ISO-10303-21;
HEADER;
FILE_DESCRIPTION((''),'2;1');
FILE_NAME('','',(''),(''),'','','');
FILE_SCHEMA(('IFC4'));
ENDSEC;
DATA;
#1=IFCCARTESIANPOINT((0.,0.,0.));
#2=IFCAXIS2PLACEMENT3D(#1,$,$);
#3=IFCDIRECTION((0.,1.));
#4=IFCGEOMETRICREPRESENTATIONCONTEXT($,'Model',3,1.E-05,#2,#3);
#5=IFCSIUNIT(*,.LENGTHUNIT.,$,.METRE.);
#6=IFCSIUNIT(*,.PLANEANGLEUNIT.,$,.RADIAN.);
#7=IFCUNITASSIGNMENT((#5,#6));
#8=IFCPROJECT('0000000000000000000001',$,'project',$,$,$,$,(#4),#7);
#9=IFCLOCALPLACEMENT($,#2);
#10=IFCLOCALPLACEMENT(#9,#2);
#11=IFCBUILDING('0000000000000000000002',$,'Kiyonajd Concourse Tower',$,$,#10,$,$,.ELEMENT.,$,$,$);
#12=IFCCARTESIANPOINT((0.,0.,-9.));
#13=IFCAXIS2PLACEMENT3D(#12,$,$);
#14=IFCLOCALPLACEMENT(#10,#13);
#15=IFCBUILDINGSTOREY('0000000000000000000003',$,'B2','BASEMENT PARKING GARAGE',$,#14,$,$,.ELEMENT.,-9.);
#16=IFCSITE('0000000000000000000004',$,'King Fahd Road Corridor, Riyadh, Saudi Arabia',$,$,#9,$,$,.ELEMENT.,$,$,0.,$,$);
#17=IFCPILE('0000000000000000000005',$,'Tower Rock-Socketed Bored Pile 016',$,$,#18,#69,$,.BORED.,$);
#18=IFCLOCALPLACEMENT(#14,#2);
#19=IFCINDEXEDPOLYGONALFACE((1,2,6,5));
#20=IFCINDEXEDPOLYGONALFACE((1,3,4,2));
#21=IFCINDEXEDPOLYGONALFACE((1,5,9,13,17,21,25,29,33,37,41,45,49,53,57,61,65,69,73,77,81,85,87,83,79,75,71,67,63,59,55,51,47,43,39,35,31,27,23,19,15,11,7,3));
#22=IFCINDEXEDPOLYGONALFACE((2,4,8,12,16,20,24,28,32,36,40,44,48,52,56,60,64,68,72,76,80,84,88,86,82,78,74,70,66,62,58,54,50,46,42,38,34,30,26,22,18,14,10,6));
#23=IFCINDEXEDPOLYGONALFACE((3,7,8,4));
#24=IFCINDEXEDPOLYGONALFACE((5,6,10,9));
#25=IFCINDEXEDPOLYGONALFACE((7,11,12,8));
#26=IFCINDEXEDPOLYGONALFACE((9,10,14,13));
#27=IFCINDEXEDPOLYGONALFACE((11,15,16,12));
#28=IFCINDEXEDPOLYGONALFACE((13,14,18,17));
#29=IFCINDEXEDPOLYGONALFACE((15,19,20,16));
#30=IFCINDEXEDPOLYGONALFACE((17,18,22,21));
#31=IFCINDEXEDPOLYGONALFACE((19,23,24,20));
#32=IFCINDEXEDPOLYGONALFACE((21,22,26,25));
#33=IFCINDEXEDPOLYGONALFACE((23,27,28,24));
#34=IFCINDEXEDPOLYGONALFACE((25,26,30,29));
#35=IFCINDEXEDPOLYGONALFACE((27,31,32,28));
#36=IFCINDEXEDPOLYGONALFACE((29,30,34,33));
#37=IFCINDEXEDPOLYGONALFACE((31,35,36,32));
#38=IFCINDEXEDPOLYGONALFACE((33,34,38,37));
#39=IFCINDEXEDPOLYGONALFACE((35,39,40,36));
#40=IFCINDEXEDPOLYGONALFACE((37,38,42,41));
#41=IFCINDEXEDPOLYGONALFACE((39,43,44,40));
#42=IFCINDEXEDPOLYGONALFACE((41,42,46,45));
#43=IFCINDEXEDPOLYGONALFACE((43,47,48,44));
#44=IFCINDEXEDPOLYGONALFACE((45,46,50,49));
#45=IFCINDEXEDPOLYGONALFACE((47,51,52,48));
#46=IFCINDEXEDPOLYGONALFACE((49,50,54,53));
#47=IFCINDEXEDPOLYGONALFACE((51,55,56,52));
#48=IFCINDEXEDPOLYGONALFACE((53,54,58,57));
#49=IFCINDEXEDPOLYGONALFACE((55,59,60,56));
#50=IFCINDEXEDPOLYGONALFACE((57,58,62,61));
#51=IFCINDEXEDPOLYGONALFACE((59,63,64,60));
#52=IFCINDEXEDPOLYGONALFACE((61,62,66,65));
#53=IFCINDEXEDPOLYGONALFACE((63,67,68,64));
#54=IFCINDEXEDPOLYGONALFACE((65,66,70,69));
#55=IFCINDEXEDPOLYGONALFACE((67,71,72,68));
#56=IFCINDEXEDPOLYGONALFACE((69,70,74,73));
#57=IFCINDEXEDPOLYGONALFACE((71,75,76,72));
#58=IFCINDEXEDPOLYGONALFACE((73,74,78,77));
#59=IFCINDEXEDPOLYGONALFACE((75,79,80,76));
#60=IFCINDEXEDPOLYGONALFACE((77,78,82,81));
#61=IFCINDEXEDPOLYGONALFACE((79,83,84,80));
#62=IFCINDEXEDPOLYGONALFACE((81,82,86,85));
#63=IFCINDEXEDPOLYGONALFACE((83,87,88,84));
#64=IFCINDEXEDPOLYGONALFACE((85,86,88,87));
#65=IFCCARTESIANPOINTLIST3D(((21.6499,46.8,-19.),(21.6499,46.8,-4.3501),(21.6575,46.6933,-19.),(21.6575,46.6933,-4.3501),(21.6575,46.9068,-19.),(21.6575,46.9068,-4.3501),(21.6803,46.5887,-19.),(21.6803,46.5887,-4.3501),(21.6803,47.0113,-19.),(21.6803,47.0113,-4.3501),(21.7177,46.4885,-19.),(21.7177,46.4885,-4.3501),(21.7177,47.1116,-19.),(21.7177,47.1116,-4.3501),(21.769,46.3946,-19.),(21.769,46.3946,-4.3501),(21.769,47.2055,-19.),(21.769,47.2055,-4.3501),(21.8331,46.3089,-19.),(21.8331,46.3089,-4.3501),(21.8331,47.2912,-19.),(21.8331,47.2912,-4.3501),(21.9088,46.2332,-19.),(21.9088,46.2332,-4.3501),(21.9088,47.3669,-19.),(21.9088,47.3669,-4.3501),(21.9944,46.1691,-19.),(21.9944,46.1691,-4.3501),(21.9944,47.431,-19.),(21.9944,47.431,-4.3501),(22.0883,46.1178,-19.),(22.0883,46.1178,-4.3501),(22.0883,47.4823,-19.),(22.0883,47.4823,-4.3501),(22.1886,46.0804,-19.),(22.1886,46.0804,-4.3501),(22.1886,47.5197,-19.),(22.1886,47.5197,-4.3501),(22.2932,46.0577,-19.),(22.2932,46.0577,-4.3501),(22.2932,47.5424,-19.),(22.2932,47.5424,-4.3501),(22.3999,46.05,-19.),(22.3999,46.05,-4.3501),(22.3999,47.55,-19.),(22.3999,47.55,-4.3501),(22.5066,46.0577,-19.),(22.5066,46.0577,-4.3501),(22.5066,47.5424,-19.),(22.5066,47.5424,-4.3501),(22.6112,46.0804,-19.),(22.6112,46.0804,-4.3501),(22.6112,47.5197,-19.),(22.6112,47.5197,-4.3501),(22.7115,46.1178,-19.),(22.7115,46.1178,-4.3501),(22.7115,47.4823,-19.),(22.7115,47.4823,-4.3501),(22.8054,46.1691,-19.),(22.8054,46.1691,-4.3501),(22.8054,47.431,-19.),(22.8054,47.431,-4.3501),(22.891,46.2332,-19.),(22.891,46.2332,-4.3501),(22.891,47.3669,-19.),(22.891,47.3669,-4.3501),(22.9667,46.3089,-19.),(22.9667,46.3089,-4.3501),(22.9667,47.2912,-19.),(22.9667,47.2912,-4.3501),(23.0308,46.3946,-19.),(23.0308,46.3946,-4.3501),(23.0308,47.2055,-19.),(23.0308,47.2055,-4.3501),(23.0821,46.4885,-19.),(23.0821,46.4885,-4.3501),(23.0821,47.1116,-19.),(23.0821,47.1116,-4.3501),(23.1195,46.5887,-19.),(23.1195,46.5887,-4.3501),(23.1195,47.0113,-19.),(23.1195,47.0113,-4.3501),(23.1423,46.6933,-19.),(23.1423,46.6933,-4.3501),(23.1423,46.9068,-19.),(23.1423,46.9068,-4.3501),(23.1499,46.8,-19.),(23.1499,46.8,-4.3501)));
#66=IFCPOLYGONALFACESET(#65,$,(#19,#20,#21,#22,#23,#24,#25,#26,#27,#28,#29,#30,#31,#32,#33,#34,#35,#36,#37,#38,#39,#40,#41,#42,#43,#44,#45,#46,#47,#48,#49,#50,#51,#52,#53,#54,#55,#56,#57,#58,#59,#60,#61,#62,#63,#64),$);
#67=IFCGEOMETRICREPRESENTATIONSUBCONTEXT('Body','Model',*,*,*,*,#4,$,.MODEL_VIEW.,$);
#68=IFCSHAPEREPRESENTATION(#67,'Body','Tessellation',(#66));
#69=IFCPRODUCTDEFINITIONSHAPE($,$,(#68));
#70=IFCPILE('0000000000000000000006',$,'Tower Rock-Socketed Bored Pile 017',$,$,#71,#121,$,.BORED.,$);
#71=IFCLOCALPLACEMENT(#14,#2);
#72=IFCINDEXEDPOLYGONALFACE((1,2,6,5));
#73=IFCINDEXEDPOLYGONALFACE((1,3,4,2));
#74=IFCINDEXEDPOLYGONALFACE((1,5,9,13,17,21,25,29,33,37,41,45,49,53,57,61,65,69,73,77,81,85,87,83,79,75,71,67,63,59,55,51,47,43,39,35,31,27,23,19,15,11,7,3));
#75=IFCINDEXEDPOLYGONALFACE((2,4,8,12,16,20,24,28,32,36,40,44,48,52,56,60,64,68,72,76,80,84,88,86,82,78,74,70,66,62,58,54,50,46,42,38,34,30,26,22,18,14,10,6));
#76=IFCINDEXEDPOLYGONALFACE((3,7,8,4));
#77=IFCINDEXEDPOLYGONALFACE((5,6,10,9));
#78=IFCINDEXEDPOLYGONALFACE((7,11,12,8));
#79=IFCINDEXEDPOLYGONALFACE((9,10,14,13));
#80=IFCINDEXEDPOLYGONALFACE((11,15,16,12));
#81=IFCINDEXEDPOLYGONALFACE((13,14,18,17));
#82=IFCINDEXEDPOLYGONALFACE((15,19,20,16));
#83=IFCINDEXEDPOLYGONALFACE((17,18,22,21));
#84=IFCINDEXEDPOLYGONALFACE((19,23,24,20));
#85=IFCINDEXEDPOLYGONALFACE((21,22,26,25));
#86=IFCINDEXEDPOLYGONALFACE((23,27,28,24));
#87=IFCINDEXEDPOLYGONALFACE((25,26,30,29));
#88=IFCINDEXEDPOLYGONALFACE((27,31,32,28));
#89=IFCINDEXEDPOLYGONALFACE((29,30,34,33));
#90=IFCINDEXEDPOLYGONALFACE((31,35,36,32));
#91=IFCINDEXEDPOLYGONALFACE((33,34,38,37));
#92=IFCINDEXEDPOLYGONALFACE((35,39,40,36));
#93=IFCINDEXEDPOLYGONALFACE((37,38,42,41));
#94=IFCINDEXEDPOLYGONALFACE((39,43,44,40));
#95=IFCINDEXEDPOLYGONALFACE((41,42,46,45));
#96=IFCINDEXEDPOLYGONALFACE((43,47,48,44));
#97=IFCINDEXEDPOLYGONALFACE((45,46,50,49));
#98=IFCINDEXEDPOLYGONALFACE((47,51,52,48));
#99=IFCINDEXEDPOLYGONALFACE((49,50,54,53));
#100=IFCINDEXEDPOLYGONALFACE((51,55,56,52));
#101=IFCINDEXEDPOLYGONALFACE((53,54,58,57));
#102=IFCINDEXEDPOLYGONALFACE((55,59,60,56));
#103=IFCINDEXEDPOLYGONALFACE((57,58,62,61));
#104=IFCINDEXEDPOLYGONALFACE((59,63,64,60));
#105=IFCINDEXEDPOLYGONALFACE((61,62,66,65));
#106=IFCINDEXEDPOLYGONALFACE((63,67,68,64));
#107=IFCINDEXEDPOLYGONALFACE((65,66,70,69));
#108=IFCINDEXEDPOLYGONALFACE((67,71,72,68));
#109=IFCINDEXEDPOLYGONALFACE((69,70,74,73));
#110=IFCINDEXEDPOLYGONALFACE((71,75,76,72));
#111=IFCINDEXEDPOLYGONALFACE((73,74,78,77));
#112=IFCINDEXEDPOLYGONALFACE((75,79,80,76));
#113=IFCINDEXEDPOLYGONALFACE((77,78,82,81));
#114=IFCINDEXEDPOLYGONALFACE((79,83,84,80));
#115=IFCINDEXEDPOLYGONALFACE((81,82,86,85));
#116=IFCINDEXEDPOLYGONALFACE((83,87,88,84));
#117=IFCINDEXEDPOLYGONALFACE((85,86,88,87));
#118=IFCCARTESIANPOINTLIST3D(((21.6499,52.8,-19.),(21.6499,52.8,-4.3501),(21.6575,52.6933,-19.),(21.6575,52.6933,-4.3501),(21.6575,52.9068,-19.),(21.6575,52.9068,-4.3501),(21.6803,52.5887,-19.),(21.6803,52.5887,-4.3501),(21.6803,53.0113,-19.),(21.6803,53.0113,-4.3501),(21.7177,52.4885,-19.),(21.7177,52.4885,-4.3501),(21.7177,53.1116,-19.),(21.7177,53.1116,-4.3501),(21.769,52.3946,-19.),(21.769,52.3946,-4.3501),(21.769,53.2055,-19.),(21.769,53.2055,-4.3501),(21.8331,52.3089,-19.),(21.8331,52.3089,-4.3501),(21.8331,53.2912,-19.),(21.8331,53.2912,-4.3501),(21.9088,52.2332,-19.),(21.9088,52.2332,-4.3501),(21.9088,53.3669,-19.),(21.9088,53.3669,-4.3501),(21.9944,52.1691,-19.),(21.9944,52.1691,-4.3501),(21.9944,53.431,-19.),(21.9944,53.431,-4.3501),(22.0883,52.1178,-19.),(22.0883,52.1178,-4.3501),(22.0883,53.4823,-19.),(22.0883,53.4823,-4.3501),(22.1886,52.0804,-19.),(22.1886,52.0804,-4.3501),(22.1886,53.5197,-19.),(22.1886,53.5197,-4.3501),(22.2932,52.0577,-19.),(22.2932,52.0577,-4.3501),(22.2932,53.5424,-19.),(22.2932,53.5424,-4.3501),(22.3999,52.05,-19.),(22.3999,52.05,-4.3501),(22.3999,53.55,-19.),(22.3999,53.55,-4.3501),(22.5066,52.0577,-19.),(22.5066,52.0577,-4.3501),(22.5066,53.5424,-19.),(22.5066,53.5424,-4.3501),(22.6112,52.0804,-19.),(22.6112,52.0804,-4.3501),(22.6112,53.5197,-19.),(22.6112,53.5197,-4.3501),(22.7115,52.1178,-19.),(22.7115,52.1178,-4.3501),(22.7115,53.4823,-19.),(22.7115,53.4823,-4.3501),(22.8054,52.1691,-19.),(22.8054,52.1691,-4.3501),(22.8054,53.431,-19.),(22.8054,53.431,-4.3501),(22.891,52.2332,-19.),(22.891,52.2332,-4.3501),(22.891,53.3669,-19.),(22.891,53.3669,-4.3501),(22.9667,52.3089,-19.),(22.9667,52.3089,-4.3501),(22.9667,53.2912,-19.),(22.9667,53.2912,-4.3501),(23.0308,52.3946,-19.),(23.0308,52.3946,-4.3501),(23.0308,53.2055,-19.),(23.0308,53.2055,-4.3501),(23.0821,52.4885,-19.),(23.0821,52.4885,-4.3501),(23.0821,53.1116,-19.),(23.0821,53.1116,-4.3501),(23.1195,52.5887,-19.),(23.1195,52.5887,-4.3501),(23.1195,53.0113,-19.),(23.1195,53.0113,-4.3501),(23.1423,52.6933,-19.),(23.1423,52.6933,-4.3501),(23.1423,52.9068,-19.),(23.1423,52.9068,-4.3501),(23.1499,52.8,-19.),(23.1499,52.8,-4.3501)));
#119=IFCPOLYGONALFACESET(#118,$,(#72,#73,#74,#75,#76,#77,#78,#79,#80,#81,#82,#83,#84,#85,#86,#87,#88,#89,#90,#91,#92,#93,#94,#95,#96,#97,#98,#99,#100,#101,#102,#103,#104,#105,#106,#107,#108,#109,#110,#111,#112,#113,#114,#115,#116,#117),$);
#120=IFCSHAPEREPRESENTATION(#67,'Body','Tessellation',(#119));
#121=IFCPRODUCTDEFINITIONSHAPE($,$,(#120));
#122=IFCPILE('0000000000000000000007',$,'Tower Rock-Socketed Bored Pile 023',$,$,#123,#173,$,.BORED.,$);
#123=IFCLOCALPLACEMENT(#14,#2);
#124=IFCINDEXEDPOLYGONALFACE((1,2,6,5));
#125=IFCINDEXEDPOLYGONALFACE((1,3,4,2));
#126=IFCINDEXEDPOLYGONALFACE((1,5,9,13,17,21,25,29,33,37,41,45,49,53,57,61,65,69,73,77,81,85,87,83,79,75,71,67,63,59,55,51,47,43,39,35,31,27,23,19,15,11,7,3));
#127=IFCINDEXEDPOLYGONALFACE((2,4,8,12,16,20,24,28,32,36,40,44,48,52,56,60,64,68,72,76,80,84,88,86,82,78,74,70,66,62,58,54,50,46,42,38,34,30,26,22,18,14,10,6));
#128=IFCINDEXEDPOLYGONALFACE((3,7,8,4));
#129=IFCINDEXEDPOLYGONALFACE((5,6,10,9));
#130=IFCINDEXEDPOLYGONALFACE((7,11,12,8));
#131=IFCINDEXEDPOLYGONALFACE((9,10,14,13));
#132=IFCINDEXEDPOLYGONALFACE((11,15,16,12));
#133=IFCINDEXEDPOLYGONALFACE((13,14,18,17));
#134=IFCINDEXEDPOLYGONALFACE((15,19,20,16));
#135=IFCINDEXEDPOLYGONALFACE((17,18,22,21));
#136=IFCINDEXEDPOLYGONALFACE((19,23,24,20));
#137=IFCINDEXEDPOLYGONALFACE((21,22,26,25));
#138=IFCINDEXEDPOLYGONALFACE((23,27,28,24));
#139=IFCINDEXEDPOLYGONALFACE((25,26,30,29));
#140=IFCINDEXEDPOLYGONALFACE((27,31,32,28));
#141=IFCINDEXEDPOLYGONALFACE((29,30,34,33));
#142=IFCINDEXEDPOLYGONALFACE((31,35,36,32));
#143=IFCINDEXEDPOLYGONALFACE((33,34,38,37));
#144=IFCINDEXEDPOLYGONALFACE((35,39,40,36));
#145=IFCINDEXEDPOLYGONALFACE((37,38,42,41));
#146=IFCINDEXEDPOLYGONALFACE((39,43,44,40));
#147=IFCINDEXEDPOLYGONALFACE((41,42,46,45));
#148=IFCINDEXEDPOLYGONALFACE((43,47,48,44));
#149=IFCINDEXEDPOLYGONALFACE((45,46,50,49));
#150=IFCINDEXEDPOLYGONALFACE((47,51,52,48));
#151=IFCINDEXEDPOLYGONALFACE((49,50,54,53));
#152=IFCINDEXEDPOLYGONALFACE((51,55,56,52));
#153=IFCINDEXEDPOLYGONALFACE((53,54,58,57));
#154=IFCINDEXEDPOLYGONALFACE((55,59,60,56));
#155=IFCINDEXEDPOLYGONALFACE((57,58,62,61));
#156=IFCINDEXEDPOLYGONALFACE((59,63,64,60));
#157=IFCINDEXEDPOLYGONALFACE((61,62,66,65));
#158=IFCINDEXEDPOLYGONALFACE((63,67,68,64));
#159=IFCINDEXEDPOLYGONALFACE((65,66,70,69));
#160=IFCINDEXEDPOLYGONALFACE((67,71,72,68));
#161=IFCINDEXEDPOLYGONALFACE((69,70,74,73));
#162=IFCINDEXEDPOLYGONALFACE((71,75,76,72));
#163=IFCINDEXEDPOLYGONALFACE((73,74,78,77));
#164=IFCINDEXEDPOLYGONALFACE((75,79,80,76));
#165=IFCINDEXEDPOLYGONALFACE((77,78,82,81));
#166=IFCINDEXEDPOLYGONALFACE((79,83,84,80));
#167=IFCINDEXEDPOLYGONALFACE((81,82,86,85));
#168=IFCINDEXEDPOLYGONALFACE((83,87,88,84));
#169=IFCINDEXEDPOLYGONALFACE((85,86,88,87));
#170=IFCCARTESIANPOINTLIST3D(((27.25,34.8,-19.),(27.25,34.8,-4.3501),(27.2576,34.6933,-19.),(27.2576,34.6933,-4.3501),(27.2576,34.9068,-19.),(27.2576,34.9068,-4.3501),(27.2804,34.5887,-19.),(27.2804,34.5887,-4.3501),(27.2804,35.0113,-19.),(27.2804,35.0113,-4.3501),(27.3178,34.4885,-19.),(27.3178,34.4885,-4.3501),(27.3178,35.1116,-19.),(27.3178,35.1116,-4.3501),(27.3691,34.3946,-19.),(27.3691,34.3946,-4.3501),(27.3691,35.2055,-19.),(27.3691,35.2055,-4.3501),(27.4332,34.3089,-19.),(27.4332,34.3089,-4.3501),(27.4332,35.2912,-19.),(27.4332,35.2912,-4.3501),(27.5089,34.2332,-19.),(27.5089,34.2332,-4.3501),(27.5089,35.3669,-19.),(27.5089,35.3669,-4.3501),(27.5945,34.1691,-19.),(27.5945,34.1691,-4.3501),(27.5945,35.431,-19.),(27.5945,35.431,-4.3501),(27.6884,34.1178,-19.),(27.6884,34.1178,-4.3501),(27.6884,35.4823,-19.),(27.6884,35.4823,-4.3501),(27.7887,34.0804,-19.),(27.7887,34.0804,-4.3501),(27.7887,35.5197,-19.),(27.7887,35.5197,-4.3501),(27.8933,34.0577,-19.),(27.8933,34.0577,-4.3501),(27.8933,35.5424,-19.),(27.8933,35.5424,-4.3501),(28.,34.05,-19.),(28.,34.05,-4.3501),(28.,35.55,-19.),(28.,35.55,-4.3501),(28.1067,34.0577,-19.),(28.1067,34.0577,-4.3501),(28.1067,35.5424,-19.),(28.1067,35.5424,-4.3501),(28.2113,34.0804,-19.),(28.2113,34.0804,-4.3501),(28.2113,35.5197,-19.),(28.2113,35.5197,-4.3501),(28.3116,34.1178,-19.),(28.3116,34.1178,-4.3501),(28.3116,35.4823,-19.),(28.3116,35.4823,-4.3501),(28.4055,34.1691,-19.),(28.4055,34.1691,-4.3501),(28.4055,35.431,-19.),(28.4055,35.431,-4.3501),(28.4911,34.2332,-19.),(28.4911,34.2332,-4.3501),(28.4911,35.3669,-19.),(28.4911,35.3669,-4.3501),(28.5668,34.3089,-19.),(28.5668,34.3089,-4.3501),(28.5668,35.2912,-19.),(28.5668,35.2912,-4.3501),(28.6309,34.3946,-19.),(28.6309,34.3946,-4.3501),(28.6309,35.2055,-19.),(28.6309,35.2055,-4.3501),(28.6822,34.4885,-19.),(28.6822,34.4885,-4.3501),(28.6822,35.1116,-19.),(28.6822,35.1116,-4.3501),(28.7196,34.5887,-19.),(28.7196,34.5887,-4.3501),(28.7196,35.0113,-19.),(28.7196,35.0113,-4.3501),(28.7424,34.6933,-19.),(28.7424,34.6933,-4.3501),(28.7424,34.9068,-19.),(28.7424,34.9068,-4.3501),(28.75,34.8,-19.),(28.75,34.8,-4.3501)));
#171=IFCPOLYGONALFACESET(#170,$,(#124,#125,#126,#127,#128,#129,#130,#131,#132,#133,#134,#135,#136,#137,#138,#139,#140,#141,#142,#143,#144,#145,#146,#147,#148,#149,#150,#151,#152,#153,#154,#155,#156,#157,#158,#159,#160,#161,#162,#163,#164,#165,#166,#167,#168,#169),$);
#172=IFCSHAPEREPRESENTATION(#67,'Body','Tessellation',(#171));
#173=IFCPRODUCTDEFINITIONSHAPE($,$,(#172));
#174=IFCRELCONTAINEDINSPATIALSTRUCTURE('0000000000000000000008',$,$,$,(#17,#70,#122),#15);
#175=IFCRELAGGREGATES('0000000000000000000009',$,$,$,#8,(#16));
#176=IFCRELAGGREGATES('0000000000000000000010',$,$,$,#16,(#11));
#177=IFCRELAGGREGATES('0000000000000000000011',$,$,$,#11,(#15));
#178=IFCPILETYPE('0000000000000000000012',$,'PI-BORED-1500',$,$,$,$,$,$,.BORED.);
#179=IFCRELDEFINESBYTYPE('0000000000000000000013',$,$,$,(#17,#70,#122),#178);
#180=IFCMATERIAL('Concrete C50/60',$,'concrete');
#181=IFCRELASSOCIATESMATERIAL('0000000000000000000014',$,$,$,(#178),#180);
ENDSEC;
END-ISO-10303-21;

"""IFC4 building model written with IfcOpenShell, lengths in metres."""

from ifc_helpers import new_model, si_unit, direction, frame, origin, origin_2d, place, context, subcontext, project, spatial, circle, extrude, material, material_profile, profile_set, type_object, element, save


model = new_model("IFC4")

# Units and contexts
model_context = context("Model", 3, precision=1e-05, world=origin(), true_north=direction((0.0, 1.0)))
body_context = subcontext(model_context, "Body", "Model", "MODEL_VIEW")
ifc_project = project(units=[si_unit("LENGTHUNIT", "METRE"), si_unit("PLANEANGLEUNIT", "RADIAN")], contexts=[model_context])

# Site, building, storey
site_placement = place(None, origin())
site = spatial("IfcSite", under=ifc_project, at=site_placement, Name="King Fahd Road Corridor, Riyadh, Saudi Arabia", CompositionType="ELEMENT", RefElevation=0.0)
building_placement = place(site_placement, origin())
building = spatial("IfcBuilding", under=site, at=building_placement, Name="Kiyonajd Concourse Tower", CompositionType="ELEMENT")
storey_placement = place(building_placement, frame((0.0, 0.0, -9.0)))
storey = spatial("IfcBuildingStorey", under=building, at=storey_placement, Name="B2", Description="BASEMENT PARKING GARAGE", CompositionType="ELEMENT", Elevation=-9.0)

# Shared definitions
ifc_material_1 = material(Name="Concrete C50/60", Category="concrete")

# Piles
ifc_material_profile_1 = material_profile(ifc_material_1, circle(Radius=0.75, at=origin_2d()), Name="PILE-D1500")
ifc_profile_set_1 = profile_set([ifc_material_profile_1], Name="Concrete C50/60")
pile_type = type_object("IfcPileType", Name="PI-BORED-1500", PredefinedType="BORED", material=ifc_profile_set_1)
for number, where, z_axis, x_axis, name in (
    (1, (22.3999, 46.8, -4.3501), (0.0, 0.0, -1.0), (1.0, 0.0, 0.0), "Tower Rock-Socketed Bored Pile 016"),
    (2, (22.3999, 52.8, -4.3501), (0.0, 0.0, -1.0), (1.0, 0.0, 0.0), "Tower Rock-Socketed Bored Pile 017"),
    (3, (28.0, 34.8, -4.3501), (0.0, 0.0, -1.0), (1.0, 0.0, 0.0), "Tower Rock-Socketed Bored Pile 023"),
):
    element("IfcPile", number, at=place(storey_placement, frame(where, z_axis=z_axis, x_axis=x_axis)), inside=storey, type_object=pile_type, Name=name, PredefinedType="BORED", context=body_context, shape_type="SweptSolid", body=[
        extrude(circle(Radius=0.75, at=origin_2d()), origin(), (0.0, 0.0, 1.0), 14.6499),
    ])

save(model, "model.ifc")
